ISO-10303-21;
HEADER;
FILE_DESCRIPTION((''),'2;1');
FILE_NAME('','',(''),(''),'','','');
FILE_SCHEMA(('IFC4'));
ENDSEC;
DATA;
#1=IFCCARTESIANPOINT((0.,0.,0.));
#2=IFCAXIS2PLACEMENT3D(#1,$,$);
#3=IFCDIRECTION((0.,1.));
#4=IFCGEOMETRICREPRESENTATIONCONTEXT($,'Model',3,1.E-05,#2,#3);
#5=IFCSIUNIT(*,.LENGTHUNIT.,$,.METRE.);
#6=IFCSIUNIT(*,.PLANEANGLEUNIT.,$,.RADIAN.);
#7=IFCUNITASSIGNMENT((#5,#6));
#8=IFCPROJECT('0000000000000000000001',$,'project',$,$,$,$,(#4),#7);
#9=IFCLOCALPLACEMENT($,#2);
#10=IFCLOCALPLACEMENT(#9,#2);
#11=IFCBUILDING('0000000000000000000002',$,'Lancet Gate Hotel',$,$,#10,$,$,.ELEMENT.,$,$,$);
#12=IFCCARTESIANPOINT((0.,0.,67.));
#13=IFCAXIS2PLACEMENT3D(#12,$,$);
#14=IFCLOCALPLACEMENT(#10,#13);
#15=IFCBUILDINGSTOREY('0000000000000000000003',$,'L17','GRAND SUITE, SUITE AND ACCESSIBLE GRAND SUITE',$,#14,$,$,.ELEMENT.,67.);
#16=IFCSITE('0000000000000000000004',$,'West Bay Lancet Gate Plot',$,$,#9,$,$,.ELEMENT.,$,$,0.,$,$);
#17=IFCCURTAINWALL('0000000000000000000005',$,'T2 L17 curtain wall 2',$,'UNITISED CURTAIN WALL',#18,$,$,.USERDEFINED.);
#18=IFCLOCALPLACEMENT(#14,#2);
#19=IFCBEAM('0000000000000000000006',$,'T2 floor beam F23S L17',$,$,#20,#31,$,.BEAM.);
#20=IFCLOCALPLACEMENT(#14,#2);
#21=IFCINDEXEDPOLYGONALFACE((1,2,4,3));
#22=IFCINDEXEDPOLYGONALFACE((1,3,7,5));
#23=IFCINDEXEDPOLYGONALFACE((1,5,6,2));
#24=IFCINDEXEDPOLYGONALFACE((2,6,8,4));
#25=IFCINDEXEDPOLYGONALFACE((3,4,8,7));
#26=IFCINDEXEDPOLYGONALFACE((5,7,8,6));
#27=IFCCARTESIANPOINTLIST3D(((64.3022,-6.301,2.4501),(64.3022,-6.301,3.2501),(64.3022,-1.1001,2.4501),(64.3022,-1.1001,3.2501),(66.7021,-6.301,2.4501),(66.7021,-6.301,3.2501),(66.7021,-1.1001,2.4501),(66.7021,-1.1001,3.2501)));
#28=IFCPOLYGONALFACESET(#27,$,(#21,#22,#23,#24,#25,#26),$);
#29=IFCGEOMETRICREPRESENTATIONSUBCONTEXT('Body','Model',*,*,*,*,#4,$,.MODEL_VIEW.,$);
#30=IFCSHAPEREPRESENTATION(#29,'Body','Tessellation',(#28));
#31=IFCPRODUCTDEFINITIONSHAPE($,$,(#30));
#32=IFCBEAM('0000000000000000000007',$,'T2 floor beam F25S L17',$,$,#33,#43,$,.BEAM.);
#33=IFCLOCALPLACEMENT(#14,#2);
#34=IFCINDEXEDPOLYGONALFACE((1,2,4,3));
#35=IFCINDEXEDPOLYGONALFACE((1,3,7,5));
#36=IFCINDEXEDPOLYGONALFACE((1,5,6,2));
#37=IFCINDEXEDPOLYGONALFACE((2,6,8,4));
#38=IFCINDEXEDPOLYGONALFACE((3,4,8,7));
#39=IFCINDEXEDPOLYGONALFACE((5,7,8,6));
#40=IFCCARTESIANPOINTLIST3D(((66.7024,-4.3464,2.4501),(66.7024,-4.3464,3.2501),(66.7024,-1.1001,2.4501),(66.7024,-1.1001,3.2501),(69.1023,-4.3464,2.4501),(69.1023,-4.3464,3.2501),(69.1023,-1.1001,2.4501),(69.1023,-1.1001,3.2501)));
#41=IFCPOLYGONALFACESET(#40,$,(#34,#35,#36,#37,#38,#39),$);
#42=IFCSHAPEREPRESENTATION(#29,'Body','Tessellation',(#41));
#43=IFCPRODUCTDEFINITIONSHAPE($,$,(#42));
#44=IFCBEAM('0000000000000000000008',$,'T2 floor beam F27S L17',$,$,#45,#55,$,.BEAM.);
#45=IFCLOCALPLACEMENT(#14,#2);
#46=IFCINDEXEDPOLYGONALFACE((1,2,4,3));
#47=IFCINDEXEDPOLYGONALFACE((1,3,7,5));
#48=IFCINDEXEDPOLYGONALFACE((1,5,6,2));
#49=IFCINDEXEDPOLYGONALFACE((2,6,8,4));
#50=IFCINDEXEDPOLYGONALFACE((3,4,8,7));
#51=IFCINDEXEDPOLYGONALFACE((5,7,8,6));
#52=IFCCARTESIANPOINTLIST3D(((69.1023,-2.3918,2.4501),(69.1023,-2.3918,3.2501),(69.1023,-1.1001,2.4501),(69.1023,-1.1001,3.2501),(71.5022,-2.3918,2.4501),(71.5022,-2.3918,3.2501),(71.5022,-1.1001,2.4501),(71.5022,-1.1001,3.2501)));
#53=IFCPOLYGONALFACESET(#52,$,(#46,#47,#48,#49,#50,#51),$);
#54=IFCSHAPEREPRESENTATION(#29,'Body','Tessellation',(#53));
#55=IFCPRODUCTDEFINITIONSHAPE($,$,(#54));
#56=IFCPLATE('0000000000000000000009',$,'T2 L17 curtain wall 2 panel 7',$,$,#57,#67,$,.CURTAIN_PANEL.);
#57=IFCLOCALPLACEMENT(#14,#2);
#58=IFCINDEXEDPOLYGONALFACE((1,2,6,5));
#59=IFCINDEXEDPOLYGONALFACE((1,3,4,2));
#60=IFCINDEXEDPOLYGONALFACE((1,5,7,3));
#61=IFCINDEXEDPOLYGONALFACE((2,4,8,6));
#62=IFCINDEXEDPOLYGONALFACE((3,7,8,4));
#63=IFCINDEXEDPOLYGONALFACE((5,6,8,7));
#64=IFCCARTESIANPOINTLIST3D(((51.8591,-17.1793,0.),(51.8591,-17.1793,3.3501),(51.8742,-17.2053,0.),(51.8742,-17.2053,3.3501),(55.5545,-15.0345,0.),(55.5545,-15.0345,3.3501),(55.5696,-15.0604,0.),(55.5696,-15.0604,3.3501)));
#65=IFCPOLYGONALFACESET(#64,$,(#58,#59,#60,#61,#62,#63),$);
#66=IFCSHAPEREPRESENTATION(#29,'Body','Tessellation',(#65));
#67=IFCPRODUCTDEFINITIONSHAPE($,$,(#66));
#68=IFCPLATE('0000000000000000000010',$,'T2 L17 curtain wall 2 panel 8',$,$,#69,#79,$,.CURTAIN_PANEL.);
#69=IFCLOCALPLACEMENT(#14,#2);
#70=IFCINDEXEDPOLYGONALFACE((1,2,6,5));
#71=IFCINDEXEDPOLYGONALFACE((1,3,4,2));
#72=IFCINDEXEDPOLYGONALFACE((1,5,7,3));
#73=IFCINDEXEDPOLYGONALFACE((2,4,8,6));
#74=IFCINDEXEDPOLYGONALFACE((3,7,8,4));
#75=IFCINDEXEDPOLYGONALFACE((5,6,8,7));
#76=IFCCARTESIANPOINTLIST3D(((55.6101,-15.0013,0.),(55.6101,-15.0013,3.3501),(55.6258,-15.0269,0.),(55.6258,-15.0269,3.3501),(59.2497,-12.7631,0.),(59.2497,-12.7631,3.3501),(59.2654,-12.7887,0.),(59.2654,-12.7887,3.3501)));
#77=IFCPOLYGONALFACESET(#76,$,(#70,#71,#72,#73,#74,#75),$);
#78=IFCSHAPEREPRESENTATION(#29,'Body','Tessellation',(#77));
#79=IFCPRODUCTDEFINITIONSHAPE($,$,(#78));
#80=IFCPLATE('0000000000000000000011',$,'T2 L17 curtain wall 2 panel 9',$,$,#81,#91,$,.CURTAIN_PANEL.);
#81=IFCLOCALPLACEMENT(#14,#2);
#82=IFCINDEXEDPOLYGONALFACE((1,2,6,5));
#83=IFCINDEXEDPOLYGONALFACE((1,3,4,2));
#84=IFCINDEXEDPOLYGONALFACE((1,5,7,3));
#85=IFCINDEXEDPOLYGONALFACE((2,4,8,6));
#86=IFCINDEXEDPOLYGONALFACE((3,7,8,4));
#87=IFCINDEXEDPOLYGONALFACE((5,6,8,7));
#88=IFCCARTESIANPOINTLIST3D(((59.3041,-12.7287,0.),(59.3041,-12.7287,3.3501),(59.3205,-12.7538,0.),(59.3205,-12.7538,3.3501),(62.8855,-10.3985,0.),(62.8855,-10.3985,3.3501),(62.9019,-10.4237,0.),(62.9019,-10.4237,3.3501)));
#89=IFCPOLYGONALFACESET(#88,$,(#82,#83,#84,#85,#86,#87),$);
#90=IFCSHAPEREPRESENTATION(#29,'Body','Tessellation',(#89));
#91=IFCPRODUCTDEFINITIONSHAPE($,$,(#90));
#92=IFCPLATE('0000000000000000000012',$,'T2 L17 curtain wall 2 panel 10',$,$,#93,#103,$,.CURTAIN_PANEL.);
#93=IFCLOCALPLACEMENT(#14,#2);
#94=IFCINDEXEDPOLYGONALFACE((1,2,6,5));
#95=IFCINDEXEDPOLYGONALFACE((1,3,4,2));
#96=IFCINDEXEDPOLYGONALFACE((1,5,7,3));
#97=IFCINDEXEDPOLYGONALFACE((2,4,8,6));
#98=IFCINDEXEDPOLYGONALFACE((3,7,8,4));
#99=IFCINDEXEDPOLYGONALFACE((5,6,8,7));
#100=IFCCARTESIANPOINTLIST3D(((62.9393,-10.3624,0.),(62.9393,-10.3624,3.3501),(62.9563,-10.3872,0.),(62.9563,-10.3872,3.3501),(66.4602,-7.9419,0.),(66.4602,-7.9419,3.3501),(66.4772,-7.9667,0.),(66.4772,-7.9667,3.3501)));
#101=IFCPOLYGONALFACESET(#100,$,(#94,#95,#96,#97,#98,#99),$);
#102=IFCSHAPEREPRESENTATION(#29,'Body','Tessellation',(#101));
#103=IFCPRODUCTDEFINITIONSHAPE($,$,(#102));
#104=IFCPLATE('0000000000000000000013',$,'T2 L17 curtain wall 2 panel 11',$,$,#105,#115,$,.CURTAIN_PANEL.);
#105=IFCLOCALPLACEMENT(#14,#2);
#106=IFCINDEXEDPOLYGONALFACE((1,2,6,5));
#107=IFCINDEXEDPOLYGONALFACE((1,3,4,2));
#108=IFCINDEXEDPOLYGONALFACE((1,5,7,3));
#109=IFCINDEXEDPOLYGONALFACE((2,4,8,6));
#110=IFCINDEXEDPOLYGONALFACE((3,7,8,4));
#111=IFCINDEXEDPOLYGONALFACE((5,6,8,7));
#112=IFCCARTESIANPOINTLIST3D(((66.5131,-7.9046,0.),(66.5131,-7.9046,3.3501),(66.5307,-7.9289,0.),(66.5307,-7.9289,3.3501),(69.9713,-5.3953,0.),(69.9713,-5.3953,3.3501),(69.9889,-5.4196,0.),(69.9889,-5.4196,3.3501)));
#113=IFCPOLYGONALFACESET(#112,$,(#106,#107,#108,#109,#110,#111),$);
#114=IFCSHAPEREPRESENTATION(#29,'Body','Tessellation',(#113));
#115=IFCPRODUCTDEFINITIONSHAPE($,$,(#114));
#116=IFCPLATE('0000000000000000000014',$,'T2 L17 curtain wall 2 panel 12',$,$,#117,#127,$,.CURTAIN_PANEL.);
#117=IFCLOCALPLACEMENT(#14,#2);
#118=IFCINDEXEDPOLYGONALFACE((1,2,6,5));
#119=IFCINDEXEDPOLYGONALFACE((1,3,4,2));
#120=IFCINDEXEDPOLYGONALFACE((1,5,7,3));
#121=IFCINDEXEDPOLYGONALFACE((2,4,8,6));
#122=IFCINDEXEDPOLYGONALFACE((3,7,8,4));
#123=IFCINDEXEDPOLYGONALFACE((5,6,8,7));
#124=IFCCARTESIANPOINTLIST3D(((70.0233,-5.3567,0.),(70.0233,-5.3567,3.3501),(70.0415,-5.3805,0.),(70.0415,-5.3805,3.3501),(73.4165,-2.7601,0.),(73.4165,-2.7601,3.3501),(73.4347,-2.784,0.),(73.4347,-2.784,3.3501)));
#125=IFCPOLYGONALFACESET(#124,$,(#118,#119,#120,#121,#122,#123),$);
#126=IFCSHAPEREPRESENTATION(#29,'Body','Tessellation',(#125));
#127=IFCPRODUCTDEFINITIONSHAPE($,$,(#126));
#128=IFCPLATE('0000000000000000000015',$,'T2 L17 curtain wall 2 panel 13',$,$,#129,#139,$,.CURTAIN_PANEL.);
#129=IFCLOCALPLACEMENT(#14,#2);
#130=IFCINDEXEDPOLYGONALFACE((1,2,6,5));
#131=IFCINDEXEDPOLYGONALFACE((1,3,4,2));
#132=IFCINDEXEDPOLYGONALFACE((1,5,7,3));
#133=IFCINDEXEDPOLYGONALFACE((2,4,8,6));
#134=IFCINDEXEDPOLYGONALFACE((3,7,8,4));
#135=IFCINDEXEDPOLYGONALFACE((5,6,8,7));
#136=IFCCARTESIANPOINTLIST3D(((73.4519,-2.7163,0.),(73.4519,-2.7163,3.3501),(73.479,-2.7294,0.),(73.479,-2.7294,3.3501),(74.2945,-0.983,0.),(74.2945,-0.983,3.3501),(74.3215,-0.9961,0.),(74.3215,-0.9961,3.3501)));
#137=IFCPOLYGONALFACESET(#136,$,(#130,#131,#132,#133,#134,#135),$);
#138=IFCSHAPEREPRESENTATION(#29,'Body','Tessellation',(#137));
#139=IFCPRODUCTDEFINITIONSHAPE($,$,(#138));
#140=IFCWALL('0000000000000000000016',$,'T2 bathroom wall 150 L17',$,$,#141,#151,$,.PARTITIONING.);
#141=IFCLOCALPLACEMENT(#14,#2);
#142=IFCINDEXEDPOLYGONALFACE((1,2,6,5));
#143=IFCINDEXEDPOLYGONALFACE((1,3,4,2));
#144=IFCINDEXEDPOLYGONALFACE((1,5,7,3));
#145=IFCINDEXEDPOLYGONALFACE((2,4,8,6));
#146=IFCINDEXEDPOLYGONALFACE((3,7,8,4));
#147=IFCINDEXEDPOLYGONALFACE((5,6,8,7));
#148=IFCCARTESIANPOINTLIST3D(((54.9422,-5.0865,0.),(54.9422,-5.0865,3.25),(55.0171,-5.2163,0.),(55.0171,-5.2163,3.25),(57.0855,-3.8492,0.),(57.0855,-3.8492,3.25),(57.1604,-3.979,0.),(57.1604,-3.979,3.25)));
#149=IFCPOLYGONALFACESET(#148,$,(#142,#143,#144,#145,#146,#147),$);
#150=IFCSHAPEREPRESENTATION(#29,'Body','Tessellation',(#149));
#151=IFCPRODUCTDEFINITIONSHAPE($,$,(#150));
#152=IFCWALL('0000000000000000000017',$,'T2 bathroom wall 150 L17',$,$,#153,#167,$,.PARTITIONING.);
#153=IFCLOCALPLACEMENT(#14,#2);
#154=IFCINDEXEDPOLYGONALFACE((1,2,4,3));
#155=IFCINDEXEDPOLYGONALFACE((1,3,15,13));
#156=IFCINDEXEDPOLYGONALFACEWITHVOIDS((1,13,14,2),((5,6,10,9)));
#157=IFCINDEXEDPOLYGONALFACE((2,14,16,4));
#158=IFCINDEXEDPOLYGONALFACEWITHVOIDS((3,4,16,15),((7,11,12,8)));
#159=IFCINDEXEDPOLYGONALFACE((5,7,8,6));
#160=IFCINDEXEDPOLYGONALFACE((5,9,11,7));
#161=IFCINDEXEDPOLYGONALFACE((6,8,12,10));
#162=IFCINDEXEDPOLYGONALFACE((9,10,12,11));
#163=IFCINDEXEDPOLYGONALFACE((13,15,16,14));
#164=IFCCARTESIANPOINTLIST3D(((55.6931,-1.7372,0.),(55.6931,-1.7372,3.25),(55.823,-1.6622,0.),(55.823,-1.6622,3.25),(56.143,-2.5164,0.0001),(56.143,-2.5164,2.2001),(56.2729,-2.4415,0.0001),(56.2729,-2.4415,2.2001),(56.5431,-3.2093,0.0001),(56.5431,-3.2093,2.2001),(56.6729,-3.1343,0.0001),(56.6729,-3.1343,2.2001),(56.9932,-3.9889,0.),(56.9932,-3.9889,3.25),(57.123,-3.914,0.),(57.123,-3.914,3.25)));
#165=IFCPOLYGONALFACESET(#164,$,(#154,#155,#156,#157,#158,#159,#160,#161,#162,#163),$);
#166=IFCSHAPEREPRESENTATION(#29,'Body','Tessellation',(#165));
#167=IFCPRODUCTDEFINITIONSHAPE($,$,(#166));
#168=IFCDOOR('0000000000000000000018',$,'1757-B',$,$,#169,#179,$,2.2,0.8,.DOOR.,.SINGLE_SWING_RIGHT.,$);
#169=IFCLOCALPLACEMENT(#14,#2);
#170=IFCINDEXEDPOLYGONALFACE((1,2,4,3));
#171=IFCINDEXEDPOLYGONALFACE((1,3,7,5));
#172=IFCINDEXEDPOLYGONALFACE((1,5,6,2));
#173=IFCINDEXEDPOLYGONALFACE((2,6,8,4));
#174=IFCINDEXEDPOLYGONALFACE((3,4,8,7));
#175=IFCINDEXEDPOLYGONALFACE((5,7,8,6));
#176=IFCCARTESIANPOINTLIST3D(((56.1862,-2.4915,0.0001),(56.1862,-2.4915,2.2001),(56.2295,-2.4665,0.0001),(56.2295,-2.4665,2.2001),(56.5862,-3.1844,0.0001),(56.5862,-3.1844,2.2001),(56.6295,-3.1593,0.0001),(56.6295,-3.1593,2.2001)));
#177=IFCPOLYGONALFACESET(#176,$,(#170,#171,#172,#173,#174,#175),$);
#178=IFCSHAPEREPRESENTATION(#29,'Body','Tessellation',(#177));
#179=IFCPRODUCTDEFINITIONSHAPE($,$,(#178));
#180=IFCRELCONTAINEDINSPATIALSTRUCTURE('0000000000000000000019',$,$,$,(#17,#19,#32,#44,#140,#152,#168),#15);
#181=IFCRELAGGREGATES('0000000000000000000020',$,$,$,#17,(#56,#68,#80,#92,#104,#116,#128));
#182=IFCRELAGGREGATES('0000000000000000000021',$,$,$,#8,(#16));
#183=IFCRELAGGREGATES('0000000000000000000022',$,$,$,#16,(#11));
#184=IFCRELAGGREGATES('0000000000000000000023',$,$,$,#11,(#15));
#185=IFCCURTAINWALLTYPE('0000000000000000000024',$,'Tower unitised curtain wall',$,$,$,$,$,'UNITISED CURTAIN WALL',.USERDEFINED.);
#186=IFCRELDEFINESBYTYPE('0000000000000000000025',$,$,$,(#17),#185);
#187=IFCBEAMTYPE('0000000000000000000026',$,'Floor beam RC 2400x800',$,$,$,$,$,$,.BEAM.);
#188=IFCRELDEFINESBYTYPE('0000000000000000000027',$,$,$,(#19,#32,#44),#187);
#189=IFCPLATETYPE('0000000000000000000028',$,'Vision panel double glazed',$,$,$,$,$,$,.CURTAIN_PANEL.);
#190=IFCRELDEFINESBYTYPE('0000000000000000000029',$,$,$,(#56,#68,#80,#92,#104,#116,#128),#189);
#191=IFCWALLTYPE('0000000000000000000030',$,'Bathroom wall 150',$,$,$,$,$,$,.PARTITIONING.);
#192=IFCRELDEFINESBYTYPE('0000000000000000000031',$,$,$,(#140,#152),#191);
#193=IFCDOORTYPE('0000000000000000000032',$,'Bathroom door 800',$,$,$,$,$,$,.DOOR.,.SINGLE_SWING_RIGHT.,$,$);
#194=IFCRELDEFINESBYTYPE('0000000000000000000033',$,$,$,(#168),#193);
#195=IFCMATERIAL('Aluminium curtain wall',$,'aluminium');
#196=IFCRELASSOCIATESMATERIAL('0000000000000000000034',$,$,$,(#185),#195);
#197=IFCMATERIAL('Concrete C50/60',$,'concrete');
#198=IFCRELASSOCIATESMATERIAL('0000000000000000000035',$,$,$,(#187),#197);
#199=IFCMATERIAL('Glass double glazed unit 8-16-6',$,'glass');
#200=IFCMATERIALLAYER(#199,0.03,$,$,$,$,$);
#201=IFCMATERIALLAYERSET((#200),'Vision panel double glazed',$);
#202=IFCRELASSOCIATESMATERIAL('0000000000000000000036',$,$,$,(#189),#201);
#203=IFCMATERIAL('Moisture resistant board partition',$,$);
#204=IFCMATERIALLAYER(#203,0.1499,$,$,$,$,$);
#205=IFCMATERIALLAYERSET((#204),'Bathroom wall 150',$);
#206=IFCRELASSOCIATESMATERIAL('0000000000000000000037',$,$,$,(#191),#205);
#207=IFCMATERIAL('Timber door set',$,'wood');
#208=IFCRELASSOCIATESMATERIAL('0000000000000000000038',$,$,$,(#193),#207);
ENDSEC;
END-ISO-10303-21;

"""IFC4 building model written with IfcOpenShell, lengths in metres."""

from ifc_helpers import new_model, si_unit, direction, frame, frame_2d, origin, origin_2d, place, context, subcontext, project, spatial, rectangle, extrude, material, layer, layer_set, material_profile, profile_set, type_object, element, fill, aggregate, save


model = new_model("IFC4")

# Units and contexts
model_context = context("Model", 3, precision=1e-05, world=origin(), true_north=direction((0.0, 1.0)))
body_context = subcontext(model_context, "Body", "Model", "MODEL_VIEW")
ifc_project = project(units=[si_unit("LENGTHUNIT", "METRE"), si_unit("PLANEANGLEUNIT", "RADIAN")], contexts=[model_context])

# Site, building, storey
site_placement = place(None, origin())
site = spatial("IfcSite", under=ifc_project, at=site_placement, Name="West Bay Lancet Gate Plot", CompositionType="ELEMENT", RefElevation=0.0)
building_placement = place(site_placement, origin())
building = spatial("IfcBuilding", under=site, at=building_placement, Name="Lancet Gate Hotel", CompositionType="ELEMENT")
storey_placement = place(building_placement, frame((0.0, 0.0, 67.0)))
storey = spatial("IfcBuildingStorey", under=building, at=storey_placement, Name="L17", Description="GRAND SUITE, SUITE AND ACCESSIBLE GRAND SUITE", CompositionType="ELEMENT", Elevation=67.0)

# Curtain wall
ifc_material_1 = material(Name="Aluminium curtain wall", Category="aluminium")
curtain_wall_type = type_object("IfcCurtainWallType", Name="Tower unitised curtain wall", ElementType="UNITISED CURTAIN WALL", PredefinedType="USERDEFINED", material=ifc_material_1)
curtain_wall_placement = place(storey_placement, origin())
curtain_wall = element("IfcCurtainWall", 1, at=curtain_wall_placement, inside=storey, type_object=curtain_wall_type, Name="T2 L17 curtain wall 2", ObjectType="UNITISED CURTAIN WALL", PredefinedType="USERDEFINED")

# Beams
ifc_material_2 = material(Name="Concrete C50/60", Category="concrete")
ifc_material_profile_1 = material_profile(ifc_material_2, rectangle(XDim=2.3999, YDim=0.8, at=origin_2d()), Name="RC 2400x800")
ifc_profile_set_1 = profile_set([ifc_material_profile_1], Name="Concrete C50/60")
beam_type_1 = type_object("IfcBeamType", Name="Floor beam RC 2400x800", PredefinedType="BEAM", material=ifc_profile_set_1)
beam_1_placement = place(storey_placement, frame((65.5022, -6.301, 2.8501), z_axis=(0.0, 1.0, 0.0), x_axis=(-1.0, 0.0, 0.0)))
element("IfcBeam", 2, at=beam_1_placement, inside=storey, type_object=beam_type_1, Name="T2 floor beam F23S L17", PredefinedType="BEAM", context=body_context, shape_type="SweptSolid", body=[
    extrude(rectangle(XDim=2.3999, YDim=0.8, at=origin_2d()), origin(), (0.0, 0.0, 1.0), 5.2009),
])
beam_2_placement = place(storey_placement, frame((67.9023, -4.3464, 2.8501), z_axis=(0.0, 1.0, 0.0), x_axis=(-1.0, 0.0, 0.0)))
element("IfcBeam", 3, at=beam_2_placement, inside=storey, type_object=beam_type_1, Name="T2 floor beam F25S L17", PredefinedType="BEAM", context=body_context, shape_type="SweptSolid", body=[
    extrude(rectangle(XDim=2.3999, YDim=0.8, at=origin_2d()), origin(), (0.0, 0.0, 1.0), 3.2463),
])
beam_3_placement = place(storey_placement, frame((70.3022, -2.3918, 2.8501), z_axis=(0.0, 1.0, 0.0), x_axis=(-1.0, 0.0, 0.0)))
element("IfcBeam", 4, at=beam_3_placement, inside=storey, type_object=beam_type_1, Name="T2 floor beam F27S L17", PredefinedType="BEAM", context=body_context, shape_type="SweptSolid", body=[
    extrude(rectangle(XDim=2.3999, YDim=0.8, at=origin_2d()), origin(), (0.0, 0.0, 1.0), 1.2917),
])

# Plates
ifc_material_3 = material(Name="Glass double glazed unit 8-16-6", Category="glass")
ifc_layer_1 = layer(ifc_material_3, 0.03)
ifc_layer_set_1 = layer_set([ifc_layer_1], Name="Vision panel double glazed")
plate_type = type_object("IfcPlateType", Name="Vision panel double glazed", PredefinedType="CURTAIN_PANEL", material=ifc_layer_set_1)
plate_1_placement = place(storey_placement, frame((53.7144, -16.1199, 0.0), z_axis=(0.0, 0.0, 1.0), x_axis=(0.864872, 0.501993, 0.0)))
plate_1 = element("IfcPlate", 5, at=plate_1_placement, type_object=plate_type, Name="T2 L17 curtain wall 2 panel 7", PredefinedType="CURTAIN_PANEL", context=body_context, shape_type="SweptSolid", body=[
    extrude(rectangle(XDim=4.2727, YDim=0.03, at=origin_2d()), origin(), (0.0, 0.0, 1.0), 3.3501),
])
plate_2_placement = place(storey_placement, frame((57.4377, -13.895, 0.0), z_axis=(0.0, 0.0, 1.0), x_axis=(0.851815, 0.523842, 0.0)))
plate_2 = element("IfcPlate", 6, at=plate_2_placement, type_object=plate_type, Name="T2 L17 curtain wall 2 panel 8", PredefinedType="CURTAIN_PANEL", context=body_context, shape_type="SweptSolid", body=[
    extrude(rectangle(XDim=4.2727, YDim=0.03, at=origin_2d()), origin(), (0.0, 0.0, 1.0), 3.3501),
])
plate_3_placement = place(storey_placement, frame((61.103, -11.5762, 0.0), z_axis=(0.0, 0.0, 1.0), x_axis=(0.838207, 0.545353, 0.0)))
plate_3 = element("IfcPlate", 7, at=plate_3_placement, type_object=plate_type, Name="T2 L17 curtain wall 2 panel 9", PredefinedType="CURTAIN_PANEL", context=body_context, shape_type="SweptSolid", body=[
    extrude(rectangle(XDim=4.2727, YDim=0.03, at=origin_2d()), origin(), (0.0, 0.0, 1.0), 3.3501),
])
plate_4_placement = place(storey_placement, frame((64.7083, -9.1646, 0.0), z_axis=(0.0, 0.0, 1.0), x_axis=(0.824055, 0.566509, 0.0)))
plate_4 = element("IfcPlate", 8, at=plate_4_placement, type_object=plate_type, Name="T2 L17 curtain wall 2 panel 10", PredefinedType="CURTAIN_PANEL", context=body_context, shape_type="SweptSolid", body=[
    extrude(rectangle(XDim=4.2727, YDim=0.03, at=origin_2d()), origin(), (0.0, 0.0, 1.0), 3.3501),
])
plate_5_placement = place(storey_placement, frame((68.251, -6.6621, 0.0), z_axis=(0.0, 0.0, 1.0), x_axis=(0.80937, 0.587299, 0.0)))
plate_5 = element("IfcPlate", 9, at=plate_5_placement, type_object=plate_type, Name="T2 L17 curtain wall 2 panel 11", PredefinedType="CURTAIN_PANEL", context=body_context, shape_type="SweptSolid", body=[
    extrude(rectangle(XDim=4.2727, YDim=0.03, at=origin_2d()), origin(), (0.0, 0.0, 1.0), 3.3501),
])
plate_6_placement = place(storey_placement, frame((71.729, -4.0703, 0.0), z_axis=(0.0, 0.0, 1.0), x_axis=(0.79416, 0.607709, 0.0)))
plate_6 = element("IfcPlate", 10, at=plate_6_placement, type_object=plate_type, Name="T2 L17 curtain wall 2 panel 12", PredefinedType="CURTAIN_PANEL", context=body_context, shape_type="SweptSolid", body=[
    extrude(rectangle(XDim=4.2727, YDim=0.03, at=origin_2d()), origin(), (0.0, 0.0, 1.0), 3.3501),
])
plate_7_placement = place(storey_placement, frame((73.8867, -1.8562, 0.0), z_axis=(0.0, 0.0, 1.0), x_axis=(0.437169, 0.899379, 0.0)))
plate_7 = element("IfcPlate", 11, at=plate_7_placement, type_object=plate_type, Name="T2 L17 curtain wall 2 panel 13", PredefinedType="CURTAIN_PANEL", context=body_context, shape_type="SweptSolid", body=[
    extrude(rectangle(XDim=1.9272, YDim=0.03, at=origin_2d()), origin(), (0.0, 0.0, 1.0), 3.3501),
])
aggregate(curtain_wall, [plate_1, plate_2, plate_3, plate_4, plate_5, plate_6, plate_7])

# Wall
ifc_material_4 = material(Name="Moisture resistant board partition")
ifc_layer_2 = layer(ifc_material_4, 0.1499)
ifc_layer_set_2 = layer_set([ifc_layer_2], Name="Bathroom wall 150")
wall_type_1 = type_object("IfcWallType", Name="Bathroom wall 150", PredefinedType="PARTITIONING", material=ifc_layer_set_2)
wall_1_placement = place(storey_placement, frame((54.9797, -5.1514, 0.0), z_axis=(0.0, 0.0, 1.0), x_axis=(0.866049, 0.499959, 0.0)))
element("IfcWall", 12, at=wall_1_placement, inside=storey, type_object=wall_type_1, Name="T2 bathroom wall 150 L17", PredefinedType="PARTITIONING", context=body_context, shape_type="SweptSolid", body=[
    extrude(rectangle(XDim=2.4749, YDim=0.1499, at=frame_2d((1.2373, 0.0))), origin(), (0.0, 0.0, 1.0), 3.25),
])

# Wall, opening, door
wall_2_placement = place(storey_placement, frame((55.7581, -1.6997, 0.0), z_axis=(0.0, 0.0, 1.0), x_axis=(0.500007, -0.866021, 0.0)))
wall_2 = element("IfcWall", 13, at=wall_2_placement, inside=storey, type_object=wall_type_1, Name="T2 bathroom wall 150 L17", PredefinedType="PARTITIONING", context=body_context, shape_type="SweptSolid", body=[
    extrude(rectangle(XDim=2.6001, YDim=0.1499, at=frame_2d((1.3, 0.0))), origin(), (0.0, 0.0, 1.0), 3.25),
])
opening_placement = place(wall_2_placement, frame((0.8999, 0.0, 0.0)))
opening = element("IfcOpeningElement", 14, at=opening_placement, cuts=wall_2, PredefinedType="OPENING", context=body_context, shape_type="SweptSolid", body=[
    extrude(rectangle(XDim=0.8, YDim=2.2, at=frame_2d((0.3999, 1.1001))), frame((0.0, 0.085, 0.0), z_axis=(0.0, -1.0, 0.0), x_axis=(1.0, 0.0, 0.0)), (0.0, 0.0, 1.0), 0.1699),
])
ifc_material_5 = material(Name="Timber door set", Category="wood")
door_type = type_object("IfcDoorType", Name="Bathroom door 800", OperationType="SINGLE_SWING_RIGHT", PredefinedType="DOOR", material=ifc_material_5)
door_placement = place(opening_placement, origin())
door = element("IfcDoor", 15, at=door_placement, inside=storey, type_object=door_type, Name="1757-B", OperationType="SINGLE_SWING_RIGHT", OverallHeight=2.2, OverallWidth=0.8, PredefinedType="DOOR", context=body_context, shape_type="SweptSolid", body=[
    extrude(rectangle(XDim=0.8, YDim=2.2, at=frame_2d((0.3999, 1.1001))), frame((0.0, 0.0249, 0.0), z_axis=(0.0, -1.0, 0.0), x_axis=(1.0, 0.0, 0.0)), (0.0, 0.0, 1.0), 0.05),
])
fill(opening, door)

save(model, "model.ifc")
